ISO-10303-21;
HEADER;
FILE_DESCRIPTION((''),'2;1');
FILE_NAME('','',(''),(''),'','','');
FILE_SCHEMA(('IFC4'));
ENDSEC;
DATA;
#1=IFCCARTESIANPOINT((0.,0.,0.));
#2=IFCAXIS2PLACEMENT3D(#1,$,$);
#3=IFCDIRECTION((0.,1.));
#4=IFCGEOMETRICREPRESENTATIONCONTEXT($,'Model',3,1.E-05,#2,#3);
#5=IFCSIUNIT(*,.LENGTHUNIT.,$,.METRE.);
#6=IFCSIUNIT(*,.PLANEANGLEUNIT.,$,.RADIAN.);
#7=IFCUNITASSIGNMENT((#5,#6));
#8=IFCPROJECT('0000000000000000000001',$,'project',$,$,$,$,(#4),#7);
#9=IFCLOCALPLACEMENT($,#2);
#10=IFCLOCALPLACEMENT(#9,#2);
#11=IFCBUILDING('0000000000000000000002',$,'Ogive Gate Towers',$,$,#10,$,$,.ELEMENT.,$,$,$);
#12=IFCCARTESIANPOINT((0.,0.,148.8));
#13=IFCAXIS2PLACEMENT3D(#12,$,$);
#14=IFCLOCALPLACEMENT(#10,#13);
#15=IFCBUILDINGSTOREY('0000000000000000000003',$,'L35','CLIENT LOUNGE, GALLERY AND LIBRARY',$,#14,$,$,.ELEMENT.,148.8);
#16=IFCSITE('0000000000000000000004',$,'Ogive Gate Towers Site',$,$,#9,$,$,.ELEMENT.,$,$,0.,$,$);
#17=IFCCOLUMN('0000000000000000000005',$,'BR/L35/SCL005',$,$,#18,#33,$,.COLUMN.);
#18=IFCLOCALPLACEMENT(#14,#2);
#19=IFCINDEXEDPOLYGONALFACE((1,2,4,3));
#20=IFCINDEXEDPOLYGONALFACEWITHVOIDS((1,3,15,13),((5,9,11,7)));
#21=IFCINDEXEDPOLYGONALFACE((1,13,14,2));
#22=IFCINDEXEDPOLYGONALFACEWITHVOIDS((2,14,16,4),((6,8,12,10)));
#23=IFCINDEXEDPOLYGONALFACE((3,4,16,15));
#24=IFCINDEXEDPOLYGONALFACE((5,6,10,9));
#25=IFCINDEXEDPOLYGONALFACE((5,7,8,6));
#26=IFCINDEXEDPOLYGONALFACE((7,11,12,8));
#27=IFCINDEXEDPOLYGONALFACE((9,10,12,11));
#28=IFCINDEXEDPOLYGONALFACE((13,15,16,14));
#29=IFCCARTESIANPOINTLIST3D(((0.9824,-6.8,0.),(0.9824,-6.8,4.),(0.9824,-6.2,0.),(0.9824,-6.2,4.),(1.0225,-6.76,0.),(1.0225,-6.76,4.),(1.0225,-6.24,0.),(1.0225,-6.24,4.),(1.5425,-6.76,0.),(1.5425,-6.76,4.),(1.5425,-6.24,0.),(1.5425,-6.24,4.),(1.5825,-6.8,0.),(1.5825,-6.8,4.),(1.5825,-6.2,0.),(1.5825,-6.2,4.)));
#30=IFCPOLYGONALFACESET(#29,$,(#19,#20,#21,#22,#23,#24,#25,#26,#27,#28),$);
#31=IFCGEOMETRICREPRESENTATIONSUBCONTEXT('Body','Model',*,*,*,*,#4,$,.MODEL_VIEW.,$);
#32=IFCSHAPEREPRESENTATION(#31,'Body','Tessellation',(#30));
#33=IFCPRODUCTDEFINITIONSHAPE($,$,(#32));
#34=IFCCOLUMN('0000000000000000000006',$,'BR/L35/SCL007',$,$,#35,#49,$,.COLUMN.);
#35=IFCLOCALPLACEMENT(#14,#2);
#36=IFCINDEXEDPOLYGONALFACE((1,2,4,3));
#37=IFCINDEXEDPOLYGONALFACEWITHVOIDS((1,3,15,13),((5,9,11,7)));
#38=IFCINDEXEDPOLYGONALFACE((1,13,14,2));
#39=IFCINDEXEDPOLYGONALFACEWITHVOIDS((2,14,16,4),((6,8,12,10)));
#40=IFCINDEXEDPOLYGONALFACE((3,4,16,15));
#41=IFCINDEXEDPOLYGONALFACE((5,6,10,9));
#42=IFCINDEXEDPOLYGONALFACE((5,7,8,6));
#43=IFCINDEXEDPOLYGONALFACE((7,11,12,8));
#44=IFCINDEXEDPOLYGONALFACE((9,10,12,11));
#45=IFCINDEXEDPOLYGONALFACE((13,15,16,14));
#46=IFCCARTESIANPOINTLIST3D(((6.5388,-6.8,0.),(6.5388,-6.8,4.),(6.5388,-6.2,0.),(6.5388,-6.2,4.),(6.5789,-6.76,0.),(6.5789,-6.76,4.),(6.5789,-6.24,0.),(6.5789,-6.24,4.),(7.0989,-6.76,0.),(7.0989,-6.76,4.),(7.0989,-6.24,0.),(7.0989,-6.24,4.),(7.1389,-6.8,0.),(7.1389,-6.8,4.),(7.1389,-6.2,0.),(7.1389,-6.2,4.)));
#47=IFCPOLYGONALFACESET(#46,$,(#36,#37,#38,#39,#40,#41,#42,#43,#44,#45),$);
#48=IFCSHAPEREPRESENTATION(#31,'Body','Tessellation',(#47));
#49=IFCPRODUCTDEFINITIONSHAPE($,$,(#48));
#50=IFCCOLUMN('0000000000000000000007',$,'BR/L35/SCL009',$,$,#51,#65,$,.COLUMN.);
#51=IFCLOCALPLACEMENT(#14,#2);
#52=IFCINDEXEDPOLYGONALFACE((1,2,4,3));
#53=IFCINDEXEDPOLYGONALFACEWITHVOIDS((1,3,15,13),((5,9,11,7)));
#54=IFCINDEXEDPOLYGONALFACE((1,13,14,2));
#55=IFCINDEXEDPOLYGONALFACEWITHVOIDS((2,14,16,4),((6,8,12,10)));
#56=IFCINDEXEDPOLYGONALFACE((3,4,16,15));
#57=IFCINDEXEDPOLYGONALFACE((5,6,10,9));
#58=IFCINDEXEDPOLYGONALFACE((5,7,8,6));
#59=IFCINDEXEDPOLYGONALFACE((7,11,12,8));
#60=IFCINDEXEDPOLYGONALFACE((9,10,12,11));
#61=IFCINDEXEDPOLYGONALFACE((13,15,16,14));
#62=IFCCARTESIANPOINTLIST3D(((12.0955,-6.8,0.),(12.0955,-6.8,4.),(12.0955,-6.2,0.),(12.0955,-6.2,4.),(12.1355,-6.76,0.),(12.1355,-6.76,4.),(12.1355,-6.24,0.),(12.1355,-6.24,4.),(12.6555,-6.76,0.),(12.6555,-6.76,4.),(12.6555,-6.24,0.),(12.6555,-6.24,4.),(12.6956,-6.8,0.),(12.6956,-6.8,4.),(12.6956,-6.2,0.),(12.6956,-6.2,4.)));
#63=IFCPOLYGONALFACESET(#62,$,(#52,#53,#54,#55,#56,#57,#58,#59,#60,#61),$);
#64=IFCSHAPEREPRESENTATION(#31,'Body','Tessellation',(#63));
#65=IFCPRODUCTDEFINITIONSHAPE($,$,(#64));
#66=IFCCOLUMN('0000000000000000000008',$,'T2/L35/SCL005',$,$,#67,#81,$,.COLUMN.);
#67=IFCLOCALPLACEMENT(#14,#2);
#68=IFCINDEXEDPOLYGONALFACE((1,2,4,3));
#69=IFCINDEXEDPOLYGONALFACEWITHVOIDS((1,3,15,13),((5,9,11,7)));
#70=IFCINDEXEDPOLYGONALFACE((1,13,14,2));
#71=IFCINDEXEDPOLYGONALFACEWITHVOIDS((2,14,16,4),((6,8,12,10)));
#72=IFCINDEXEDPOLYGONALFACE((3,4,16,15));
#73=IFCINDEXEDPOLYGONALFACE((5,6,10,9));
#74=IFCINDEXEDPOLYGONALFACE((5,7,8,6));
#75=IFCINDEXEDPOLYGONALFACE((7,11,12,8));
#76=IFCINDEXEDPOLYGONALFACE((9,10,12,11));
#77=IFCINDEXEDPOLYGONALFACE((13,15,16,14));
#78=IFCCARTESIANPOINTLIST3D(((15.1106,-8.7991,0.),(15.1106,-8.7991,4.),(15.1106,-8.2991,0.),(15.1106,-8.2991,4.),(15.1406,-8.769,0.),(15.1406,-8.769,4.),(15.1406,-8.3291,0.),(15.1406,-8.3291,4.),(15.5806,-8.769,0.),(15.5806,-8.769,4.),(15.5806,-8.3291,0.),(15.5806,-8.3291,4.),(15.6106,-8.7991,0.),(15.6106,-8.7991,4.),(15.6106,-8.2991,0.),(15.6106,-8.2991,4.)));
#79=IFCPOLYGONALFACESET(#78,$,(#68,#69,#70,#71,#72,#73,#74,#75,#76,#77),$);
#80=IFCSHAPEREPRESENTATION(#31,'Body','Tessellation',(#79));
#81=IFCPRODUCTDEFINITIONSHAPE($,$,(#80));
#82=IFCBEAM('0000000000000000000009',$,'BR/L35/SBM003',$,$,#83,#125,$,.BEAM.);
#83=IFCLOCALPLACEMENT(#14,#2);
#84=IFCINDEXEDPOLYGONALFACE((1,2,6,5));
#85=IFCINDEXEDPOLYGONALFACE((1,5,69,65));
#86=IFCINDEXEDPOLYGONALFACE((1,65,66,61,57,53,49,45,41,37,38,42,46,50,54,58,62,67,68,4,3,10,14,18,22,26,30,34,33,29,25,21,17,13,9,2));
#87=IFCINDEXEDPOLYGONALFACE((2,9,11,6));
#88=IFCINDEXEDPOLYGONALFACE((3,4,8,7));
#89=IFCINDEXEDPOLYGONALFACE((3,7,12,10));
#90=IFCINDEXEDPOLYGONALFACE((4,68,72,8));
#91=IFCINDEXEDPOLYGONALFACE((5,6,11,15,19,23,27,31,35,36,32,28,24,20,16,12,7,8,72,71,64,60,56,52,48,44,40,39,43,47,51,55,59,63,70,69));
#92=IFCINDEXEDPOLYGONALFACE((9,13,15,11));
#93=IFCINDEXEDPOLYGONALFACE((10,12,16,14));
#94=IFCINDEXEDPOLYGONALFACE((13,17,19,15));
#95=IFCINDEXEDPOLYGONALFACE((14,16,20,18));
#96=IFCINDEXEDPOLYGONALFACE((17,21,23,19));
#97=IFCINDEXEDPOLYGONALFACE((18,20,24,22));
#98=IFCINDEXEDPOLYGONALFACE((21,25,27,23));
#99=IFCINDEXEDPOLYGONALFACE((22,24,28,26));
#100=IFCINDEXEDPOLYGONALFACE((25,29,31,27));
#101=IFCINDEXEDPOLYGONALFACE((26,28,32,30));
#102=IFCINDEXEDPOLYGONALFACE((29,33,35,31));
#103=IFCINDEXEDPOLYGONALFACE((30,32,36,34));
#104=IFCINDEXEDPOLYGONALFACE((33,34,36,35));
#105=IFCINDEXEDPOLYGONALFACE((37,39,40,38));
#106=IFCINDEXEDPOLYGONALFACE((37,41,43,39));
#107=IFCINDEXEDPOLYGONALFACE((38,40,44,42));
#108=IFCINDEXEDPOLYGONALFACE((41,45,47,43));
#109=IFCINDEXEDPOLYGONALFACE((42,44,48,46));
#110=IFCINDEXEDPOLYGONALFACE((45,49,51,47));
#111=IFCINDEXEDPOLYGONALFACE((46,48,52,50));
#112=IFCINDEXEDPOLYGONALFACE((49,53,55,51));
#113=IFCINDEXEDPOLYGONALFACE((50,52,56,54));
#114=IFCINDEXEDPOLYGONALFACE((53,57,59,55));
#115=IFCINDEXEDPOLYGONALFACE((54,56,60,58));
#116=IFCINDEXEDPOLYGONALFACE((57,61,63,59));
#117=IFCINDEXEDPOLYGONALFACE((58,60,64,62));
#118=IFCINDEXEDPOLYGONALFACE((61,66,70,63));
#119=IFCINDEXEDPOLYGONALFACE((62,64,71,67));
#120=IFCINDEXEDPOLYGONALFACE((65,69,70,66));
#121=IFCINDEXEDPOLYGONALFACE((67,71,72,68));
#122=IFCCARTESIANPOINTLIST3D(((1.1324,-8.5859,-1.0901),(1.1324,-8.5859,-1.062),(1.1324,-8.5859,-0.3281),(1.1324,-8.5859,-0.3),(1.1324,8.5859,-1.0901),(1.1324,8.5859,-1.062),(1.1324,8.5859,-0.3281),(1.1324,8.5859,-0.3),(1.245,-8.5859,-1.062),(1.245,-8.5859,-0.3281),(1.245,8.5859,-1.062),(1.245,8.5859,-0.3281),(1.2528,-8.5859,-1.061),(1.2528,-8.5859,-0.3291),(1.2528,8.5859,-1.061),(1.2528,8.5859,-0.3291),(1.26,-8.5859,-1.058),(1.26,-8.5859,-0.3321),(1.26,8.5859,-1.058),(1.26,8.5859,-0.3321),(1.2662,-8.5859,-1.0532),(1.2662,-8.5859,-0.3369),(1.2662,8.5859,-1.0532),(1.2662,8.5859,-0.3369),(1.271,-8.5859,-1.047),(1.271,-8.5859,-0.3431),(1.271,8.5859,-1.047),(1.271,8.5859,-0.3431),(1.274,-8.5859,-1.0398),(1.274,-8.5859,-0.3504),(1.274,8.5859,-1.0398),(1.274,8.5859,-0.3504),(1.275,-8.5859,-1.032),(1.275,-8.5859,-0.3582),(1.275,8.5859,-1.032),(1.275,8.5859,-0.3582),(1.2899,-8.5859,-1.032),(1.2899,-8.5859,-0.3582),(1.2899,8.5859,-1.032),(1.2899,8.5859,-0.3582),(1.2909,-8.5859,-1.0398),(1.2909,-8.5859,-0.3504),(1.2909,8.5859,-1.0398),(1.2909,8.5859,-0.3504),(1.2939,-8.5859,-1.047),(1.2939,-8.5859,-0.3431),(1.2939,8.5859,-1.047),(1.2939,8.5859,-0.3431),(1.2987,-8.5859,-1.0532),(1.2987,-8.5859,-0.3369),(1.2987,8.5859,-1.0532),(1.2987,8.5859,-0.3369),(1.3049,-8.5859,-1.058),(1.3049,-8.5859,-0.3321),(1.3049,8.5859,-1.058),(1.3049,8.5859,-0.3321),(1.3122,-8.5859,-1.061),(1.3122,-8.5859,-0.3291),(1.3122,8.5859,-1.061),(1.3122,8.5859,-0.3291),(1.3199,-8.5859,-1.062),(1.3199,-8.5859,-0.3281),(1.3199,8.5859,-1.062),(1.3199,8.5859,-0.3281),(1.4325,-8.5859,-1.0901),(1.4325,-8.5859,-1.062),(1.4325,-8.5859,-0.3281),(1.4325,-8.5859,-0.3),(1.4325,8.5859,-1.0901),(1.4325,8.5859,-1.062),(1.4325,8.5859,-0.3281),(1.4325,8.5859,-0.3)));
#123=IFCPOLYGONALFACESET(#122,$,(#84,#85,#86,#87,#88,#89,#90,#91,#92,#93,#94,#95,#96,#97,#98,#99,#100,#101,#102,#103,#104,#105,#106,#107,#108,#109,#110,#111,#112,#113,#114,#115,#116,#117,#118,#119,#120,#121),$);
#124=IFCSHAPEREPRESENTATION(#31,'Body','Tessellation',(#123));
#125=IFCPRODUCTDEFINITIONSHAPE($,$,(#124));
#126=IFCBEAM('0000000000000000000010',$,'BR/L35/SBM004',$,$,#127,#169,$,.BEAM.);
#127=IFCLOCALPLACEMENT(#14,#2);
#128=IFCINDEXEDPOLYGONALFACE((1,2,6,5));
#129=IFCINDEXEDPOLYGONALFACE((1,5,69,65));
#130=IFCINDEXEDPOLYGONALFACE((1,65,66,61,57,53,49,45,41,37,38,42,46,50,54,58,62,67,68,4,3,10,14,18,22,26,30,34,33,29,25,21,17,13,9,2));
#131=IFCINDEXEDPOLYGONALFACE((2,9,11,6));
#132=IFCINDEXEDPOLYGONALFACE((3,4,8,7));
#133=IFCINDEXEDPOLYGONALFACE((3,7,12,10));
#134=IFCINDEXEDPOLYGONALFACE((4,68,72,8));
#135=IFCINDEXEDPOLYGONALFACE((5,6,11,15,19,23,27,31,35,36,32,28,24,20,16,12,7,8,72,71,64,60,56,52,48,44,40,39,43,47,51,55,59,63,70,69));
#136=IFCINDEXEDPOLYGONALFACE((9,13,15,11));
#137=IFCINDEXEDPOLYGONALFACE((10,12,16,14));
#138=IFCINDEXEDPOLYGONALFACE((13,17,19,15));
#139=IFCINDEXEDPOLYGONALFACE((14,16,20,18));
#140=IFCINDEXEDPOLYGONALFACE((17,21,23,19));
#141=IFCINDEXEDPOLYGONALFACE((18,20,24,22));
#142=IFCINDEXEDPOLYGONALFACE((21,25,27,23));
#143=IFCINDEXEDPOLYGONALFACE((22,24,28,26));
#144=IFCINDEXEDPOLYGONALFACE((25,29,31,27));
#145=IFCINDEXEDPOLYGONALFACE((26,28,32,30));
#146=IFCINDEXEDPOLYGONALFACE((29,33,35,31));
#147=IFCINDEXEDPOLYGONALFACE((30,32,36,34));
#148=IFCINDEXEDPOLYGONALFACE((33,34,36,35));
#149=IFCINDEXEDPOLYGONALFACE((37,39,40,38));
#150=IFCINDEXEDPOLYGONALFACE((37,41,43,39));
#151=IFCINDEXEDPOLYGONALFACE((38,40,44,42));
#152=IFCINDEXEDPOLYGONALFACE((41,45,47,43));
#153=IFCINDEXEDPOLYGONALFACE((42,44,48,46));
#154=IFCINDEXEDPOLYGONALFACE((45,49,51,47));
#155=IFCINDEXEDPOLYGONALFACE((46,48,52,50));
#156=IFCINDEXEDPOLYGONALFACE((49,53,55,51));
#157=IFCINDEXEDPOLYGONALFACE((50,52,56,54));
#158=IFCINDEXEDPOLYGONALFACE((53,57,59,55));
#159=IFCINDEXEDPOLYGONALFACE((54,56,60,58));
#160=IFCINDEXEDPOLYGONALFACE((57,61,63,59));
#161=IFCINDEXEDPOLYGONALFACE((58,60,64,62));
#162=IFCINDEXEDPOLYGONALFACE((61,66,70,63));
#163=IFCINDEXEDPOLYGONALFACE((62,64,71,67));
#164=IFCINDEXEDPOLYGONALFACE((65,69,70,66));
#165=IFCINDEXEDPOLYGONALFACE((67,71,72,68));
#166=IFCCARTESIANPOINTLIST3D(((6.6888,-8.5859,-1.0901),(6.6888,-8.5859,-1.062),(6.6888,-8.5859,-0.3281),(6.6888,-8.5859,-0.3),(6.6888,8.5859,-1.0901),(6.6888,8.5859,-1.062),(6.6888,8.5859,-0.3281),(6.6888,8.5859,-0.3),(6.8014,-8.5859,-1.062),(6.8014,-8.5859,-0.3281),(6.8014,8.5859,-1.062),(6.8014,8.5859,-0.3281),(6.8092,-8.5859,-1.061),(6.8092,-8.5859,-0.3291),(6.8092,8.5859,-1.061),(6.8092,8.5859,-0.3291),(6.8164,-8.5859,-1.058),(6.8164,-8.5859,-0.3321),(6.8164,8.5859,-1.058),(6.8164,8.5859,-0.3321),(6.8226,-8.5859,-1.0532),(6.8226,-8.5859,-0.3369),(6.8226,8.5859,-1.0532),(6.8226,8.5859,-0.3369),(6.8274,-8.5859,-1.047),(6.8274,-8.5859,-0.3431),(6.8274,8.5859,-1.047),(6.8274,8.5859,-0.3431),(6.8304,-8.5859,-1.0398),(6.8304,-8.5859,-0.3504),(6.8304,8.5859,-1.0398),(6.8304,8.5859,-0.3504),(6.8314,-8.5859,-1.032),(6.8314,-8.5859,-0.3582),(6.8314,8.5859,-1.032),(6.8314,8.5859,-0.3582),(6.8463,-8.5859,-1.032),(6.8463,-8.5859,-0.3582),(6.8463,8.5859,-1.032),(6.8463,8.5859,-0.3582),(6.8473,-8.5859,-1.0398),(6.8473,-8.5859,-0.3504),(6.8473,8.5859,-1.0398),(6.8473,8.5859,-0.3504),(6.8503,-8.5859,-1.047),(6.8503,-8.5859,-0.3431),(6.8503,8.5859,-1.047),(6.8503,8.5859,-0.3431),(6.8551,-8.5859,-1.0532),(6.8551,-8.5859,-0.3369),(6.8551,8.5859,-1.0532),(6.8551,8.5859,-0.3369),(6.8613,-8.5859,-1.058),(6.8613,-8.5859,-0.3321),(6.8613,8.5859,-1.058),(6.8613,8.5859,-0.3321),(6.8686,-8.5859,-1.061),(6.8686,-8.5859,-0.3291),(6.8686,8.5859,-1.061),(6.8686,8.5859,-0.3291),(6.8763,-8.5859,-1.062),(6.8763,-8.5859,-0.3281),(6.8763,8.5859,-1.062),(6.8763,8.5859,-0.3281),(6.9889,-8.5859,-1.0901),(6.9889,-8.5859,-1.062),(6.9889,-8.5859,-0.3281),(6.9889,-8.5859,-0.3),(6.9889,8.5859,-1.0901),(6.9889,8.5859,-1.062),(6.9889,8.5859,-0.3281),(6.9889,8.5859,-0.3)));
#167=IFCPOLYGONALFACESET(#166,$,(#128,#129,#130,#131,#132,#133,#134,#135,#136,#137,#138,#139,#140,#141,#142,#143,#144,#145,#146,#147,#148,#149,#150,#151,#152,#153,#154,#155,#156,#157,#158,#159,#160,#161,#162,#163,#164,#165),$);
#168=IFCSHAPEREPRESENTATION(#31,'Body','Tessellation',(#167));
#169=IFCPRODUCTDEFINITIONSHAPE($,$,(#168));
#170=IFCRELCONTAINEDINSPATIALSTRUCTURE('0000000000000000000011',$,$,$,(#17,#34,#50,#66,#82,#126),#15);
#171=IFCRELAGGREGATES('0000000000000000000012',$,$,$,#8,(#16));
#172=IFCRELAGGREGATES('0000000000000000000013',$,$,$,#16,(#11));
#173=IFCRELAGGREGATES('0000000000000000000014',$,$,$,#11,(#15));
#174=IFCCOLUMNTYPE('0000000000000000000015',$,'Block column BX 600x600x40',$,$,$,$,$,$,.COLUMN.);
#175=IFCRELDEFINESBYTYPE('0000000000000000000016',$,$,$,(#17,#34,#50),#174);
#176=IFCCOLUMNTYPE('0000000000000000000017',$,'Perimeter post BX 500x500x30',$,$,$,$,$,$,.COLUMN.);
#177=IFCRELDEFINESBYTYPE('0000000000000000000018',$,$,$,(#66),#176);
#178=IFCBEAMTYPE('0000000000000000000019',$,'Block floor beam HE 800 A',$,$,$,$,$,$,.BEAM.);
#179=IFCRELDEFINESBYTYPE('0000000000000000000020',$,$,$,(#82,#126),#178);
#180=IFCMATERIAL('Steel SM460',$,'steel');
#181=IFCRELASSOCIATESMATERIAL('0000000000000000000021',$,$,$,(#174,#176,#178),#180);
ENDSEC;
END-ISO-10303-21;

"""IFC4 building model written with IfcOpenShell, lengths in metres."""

from ifc_helpers import new_model, si_unit, direction, frame, origin, origin_2d, place, context, subcontext, project, spatial, hollow_rectangle, i_section, extrude, material, material_profile, profile_set, type_object, element, save


model = new_model("IFC4")

# Units and contexts
model_context = context("Model", 3, precision=1e-05, world=origin(), true_north=direction((0.0, 1.0)))
body_context = subcontext(model_context, "Body", "Model", "MODEL_VIEW")
ifc_project = project(units=[si_unit("LENGTHUNIT", "METRE"), si_unit("PLANEANGLEUNIT", "RADIAN")], contexts=[model_context])

# Site, building, storey
site_placement = place(None, origin())
site = spatial("IfcSite", under=ifc_project, at=site_placement, Name="Ogive Gate Towers Site", CompositionType="ELEMENT", RefElevation=0.0)
building_placement = place(site_placement, origin())
building = spatial("IfcBuilding", under=site, at=building_placement, Name="Ogive Gate Towers", CompositionType="ELEMENT")
storey_placement = place(building_placement, frame((0.0, 0.0, 148.8)))
storey = spatial("IfcBuildingStorey", under=building, at=storey_placement, Name="L35", Description="CLIENT LOUNGE, GALLERY AND LIBRARY", CompositionType="ELEMENT", Elevation=148.8)

# Columns
ifc_material_1 = material(Name="Steel SM460", Category="steel")
ifc_material_profile_1 = material_profile(ifc_material_1, hollow_rectangle(XDim=0.6001, YDim=0.6001, WallThickness=0.04, at=origin_2d()), Name="BX 600x600x40")
ifc_profile_set_1 = profile_set([ifc_material_profile_1], Name="Steel SM460")
column_type_1 = type_object("IfcColumnType", Name="Block column BX 600x600x40", PredefinedType="COLUMN", material=ifc_profile_set_1)
for number, where, z_axis, x_axis, name in (
    (1, (1.2825, -6.5, 0.0), (0.0, 0.0, 1.0), (1.0, 0.0, 0.0), "BR/L35/SCL005"),
    (2, (6.8389, -6.5, 0.0), (0.0, 0.0, 1.0), (1.0, 0.0, 0.0), "BR/L35/SCL007"),
    (3, (12.3955, -6.5, 0.0), (0.0, 0.0, 1.0), (1.0, 0.0, 0.0), "BR/L35/SCL009"),
):
    element("IfcColumn", number, at=place(storey_placement, frame(where, z_axis=z_axis, x_axis=x_axis)), inside=storey, type_object=column_type_1, Name=name, PredefinedType="COLUMN", context=body_context, shape_type="SweptSolid", body=[
        extrude(hollow_rectangle(XDim=0.6001, YDim=0.6001, WallThickness=0.04, at=origin_2d()), origin(), (0.0, 0.0, 1.0), 4.0),
    ])
ifc_material_profile_2 = material_profile(ifc_material_1, hollow_rectangle(XDim=0.5, YDim=0.5, WallThickness=0.03, at=origin_2d()), Name="BX 500x500x30")
ifc_profile_set_2 = profile_set([ifc_material_profile_2], Name="Steel SM460")
column_type_2 = type_object("IfcColumnType", Name="Perimeter post BX 500x500x30", PredefinedType="COLUMN", material=ifc_profile_set_2)
column_placement = place(storey_placement, frame((15.3606, -8.5491, 0.0), z_axis=(0.0, 0.0, 1.0), x_axis=(1.0, 0.0, 0.0)))
element("IfcColumn", 4, at=column_placement, inside=storey, type_object=column_type_2, Name="T2/L35/SCL005", PredefinedType="COLUMN", context=body_context, shape_type="SweptSolid", body=[
    extrude(hollow_rectangle(XDim=0.5, YDim=0.5, WallThickness=0.03, at=origin_2d()), origin(), (0.0, 0.0, 1.0), 4.0),
])

# Beams
ifc_material_profile_3 = material_profile(ifc_material_1, i_section(OverallWidth=0.3, OverallDepth=0.79, WebThickness=0.0149, FlangeThickness=0.0281, FilletRadius=0.03, at=origin_2d()), Name="HE 800 A")
ifc_profile_set_3 = profile_set([ifc_material_profile_3], Name="Steel SM460")
beam_type_1 = type_object("IfcBeamType", Name="Block floor beam HE 800 A", PredefinedType="BEAM", material=ifc_profile_set_3)
for number, where, z_axis, x_axis, name in (
    (5, (1.2825, -8.5859, -0.6951), (0.0, 1.0, 0.0), (-1.0, 0.0, 0.0), "BR/L35/SBM003"),
    (6, (6.8389, -8.5859, -0.6951), (0.0, 1.0, 0.0), (-1.0, 0.0, 0.0), "BR/L35/SBM004"),
):
    element("IfcBeam", number, at=place(storey_placement, frame(where, z_axis=z_axis, x_axis=x_axis)), inside=storey, type_object=beam_type_1, Name=name, PredefinedType="BEAM", context=body_context, shape_type="SweptSolid", body=[
        extrude(i_section(OverallWidth=0.3, OverallDepth=0.79, WebThickness=0.0149, FlangeThickness=0.0281, FilletRadius=0.03, at=origin_2d()), origin(), (0.0, 0.0, 1.0), 17.1719),
    ])

save(model, "model.ifc")
